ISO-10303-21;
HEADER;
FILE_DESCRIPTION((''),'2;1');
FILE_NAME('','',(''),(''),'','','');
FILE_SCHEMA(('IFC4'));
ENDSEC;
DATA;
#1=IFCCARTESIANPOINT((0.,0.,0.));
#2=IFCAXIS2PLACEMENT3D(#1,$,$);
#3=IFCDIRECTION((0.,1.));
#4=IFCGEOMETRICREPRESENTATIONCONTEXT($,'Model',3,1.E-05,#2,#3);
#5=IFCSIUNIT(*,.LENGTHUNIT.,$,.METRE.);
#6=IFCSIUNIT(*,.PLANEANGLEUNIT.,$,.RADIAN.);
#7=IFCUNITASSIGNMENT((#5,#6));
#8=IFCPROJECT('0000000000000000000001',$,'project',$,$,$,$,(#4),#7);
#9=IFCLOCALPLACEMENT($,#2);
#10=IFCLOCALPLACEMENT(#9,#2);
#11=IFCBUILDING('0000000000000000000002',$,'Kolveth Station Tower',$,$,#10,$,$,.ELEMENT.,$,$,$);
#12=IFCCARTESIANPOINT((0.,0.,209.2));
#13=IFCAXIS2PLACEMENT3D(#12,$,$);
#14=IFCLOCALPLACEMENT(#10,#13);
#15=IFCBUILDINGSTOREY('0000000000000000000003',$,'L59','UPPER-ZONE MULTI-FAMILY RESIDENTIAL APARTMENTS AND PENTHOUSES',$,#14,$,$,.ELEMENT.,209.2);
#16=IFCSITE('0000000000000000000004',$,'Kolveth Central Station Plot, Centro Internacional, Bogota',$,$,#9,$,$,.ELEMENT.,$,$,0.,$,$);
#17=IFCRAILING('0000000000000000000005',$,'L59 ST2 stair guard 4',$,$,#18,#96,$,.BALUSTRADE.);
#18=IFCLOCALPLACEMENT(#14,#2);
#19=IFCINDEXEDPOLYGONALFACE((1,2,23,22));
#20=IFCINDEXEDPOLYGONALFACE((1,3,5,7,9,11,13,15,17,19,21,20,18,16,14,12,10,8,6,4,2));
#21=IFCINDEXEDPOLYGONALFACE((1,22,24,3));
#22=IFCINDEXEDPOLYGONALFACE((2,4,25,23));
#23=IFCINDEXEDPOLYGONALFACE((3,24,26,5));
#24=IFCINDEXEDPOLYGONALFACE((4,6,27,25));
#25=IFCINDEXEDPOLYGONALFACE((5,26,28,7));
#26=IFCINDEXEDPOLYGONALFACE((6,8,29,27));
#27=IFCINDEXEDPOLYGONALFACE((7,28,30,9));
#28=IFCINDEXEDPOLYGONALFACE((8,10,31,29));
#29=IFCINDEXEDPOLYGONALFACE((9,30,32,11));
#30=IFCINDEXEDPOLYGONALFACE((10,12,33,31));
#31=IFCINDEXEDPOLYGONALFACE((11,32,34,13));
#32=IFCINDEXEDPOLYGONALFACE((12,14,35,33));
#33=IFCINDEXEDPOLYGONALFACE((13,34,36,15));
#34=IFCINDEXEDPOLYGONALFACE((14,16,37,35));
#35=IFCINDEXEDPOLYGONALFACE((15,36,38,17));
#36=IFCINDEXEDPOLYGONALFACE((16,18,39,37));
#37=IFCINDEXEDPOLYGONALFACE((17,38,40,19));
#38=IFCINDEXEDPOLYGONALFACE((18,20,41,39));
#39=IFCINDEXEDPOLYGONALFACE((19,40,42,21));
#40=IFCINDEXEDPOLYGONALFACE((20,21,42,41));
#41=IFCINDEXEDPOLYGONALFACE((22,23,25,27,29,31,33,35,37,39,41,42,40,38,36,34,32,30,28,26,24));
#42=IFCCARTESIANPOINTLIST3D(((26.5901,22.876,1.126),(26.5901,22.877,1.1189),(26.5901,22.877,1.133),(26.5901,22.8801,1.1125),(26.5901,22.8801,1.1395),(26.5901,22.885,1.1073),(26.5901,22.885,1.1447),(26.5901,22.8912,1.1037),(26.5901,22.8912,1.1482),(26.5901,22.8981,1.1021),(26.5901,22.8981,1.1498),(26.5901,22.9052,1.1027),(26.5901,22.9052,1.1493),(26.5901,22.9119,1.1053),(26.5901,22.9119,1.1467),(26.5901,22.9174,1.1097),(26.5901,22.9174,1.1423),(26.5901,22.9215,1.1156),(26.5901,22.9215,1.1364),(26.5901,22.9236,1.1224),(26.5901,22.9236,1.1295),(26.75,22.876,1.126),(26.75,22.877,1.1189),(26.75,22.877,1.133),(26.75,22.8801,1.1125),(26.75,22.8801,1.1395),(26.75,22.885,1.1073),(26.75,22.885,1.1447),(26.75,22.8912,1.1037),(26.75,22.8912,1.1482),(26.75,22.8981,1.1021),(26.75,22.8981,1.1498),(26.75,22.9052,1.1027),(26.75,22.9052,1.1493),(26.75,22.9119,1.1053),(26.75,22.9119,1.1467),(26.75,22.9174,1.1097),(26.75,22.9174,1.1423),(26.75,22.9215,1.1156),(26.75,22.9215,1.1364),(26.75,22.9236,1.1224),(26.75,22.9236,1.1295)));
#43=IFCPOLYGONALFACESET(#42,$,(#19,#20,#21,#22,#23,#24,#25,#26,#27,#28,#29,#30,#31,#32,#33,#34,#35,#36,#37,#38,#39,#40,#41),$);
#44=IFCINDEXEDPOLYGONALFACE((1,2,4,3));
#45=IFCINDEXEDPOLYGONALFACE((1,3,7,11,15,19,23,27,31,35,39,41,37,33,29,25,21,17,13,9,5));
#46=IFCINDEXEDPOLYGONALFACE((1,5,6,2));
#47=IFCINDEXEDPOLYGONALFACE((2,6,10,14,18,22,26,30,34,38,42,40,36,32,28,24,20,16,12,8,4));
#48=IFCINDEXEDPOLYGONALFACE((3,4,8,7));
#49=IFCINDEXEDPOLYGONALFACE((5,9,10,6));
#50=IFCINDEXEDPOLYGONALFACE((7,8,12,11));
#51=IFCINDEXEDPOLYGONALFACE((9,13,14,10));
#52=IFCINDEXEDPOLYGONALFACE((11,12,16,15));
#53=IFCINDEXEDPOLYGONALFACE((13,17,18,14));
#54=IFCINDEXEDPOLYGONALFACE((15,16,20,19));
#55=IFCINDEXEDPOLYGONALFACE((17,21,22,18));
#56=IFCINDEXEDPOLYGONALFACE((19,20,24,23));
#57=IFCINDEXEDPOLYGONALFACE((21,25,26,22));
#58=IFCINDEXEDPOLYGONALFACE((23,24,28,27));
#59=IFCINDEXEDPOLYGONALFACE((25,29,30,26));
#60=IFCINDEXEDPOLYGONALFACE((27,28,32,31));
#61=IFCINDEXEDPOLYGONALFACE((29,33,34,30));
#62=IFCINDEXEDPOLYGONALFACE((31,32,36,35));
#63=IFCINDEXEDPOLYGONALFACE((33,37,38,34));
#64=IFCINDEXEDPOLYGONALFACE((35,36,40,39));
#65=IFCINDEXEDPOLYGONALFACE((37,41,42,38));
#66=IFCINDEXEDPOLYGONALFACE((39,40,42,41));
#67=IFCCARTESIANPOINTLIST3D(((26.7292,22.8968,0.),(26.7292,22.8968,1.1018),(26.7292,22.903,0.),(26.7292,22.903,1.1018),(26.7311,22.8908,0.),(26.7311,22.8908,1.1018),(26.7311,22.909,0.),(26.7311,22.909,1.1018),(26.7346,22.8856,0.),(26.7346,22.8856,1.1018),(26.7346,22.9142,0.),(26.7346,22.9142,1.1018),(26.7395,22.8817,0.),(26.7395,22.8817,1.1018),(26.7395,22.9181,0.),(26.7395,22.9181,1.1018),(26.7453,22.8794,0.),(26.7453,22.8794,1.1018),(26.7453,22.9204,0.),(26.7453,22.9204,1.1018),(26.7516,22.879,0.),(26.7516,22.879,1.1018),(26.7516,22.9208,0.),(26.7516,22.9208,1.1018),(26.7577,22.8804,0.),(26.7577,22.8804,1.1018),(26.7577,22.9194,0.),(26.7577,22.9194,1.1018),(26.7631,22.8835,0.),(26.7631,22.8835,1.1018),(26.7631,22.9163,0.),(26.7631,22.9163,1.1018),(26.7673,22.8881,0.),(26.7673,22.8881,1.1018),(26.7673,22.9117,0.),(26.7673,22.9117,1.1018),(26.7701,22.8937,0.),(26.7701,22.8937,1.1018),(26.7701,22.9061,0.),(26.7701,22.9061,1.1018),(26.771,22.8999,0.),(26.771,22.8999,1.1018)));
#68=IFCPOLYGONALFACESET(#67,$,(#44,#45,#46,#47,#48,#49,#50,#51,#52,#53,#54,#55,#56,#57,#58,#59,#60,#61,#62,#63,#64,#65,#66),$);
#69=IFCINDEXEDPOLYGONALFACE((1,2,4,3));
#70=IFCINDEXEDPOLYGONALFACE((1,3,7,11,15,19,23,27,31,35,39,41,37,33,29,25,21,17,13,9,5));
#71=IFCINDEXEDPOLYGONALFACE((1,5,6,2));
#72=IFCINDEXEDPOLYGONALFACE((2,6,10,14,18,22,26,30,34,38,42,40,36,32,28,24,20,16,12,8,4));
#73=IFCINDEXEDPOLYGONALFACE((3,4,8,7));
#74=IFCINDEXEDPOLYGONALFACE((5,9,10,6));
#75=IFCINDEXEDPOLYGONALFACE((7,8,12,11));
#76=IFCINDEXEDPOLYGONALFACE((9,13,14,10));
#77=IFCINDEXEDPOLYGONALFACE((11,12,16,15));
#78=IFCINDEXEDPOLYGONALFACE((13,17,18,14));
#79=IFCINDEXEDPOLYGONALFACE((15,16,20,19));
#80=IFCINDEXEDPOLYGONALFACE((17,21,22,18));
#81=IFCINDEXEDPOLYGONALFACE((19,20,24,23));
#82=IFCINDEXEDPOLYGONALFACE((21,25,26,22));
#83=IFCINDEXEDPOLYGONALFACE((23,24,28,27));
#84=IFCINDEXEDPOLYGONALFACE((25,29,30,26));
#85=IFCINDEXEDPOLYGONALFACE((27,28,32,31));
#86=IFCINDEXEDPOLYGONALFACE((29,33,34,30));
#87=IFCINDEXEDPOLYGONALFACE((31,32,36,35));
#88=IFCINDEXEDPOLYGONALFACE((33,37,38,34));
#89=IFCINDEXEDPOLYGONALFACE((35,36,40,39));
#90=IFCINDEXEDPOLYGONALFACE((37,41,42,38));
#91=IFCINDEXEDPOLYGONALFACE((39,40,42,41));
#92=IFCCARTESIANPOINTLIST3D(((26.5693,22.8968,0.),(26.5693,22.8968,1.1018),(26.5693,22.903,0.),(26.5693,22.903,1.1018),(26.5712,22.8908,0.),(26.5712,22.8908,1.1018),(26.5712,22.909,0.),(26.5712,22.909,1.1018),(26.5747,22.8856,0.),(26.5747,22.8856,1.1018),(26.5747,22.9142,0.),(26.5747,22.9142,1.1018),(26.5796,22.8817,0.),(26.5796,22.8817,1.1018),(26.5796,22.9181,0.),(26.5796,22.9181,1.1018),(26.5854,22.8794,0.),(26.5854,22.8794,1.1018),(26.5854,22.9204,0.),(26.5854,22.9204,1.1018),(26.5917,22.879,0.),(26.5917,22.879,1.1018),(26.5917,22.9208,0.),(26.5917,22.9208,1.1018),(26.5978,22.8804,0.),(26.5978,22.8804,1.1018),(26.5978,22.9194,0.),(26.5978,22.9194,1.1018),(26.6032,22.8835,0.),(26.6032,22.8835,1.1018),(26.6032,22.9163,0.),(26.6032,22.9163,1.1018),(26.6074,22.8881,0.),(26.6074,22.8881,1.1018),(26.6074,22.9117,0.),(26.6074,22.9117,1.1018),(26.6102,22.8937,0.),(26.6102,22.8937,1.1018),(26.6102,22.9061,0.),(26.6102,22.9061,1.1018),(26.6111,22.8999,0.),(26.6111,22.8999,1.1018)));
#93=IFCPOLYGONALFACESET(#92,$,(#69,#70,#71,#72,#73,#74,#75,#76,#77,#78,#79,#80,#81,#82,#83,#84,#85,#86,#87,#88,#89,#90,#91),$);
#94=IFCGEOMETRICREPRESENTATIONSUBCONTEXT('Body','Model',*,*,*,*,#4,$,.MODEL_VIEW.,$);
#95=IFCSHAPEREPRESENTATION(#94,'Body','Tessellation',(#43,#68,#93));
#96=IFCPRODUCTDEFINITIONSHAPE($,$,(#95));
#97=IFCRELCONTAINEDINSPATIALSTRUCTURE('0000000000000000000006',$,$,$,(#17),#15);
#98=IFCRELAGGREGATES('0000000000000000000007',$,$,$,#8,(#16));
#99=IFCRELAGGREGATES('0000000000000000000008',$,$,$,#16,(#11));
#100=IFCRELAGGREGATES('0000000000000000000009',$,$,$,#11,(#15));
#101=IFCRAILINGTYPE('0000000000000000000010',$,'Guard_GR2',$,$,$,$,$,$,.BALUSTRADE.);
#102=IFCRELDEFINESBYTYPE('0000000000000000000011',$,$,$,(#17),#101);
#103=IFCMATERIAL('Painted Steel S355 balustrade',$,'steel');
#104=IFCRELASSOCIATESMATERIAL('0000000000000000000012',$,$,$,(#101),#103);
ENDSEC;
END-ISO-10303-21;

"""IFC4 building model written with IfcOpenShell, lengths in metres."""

from ifc_helpers import new_model, si_unit, direction, frame, origin, origin_2d, place, context, subcontext, project, spatial, circle, extrude, material, type_object, element, save


model = new_model("IFC4")

# Units and contexts
model_context = context("Model", 3, precision=1e-05, world=origin(), true_north=direction((0.0, 1.0)))
body_context = subcontext(model_context, "Body", "Model", "MODEL_VIEW")
ifc_project = project(units=[si_unit("LENGTHUNIT", "METRE"), si_unit("PLANEANGLEUNIT", "RADIAN")], contexts=[model_context])

# Site, building, storey
site_placement = place(None, origin())
site = spatial("IfcSite", under=ifc_project, at=site_placement, Name="Kolveth Central Station Plot, Centro Internacional, Bogota", CompositionType="ELEMENT", RefElevation=0.0)
building_placement = place(site_placement, origin())
building = spatial("IfcBuilding", under=site, at=building_placement, Name="Kolveth Station Tower", CompositionType="ELEMENT")
storey_placement = place(building_placement, frame((0.0, 0.0, 209.2)))
storey = spatial("IfcBuildingStorey", under=building, at=storey_placement, Name="L59", Description="UPPER-ZONE MULTI-FAMILY RESIDENTIAL APARTMENTS AND PENTHOUSES", CompositionType="ELEMENT", Elevation=209.2)

# Railing
ifc_material_1 = material(Name="Painted Steel S355 balustrade", Category="steel")
railing_type_1 = type_object("IfcRailingType", Name="Guard_GR2", PredefinedType="BALUSTRADE", material=ifc_material_1)
railing_1_placement = place(storey_placement, frame((26.75, 22.8999, 0.0)))
element("IfcRailing", 1, at=railing_1_placement, inside=storey, type_object=railing_type_1, Name="L59 ST2 stair guard 4", PredefinedType="BALUSTRADE", context=body_context, shape_type="SweptSolid", body=[
    extrude(circle(Radius=0.0239, at=origin_2d()), frame((0.0, 0.0, 1.126), z_axis=(-1.0, 0.0, 0.0), x_axis=(0.0, -1.0, 0.0)), (0.0, 0.0, 1.0), 0.1599),
    extrude(circle(Radius=0.021, at=origin_2d()), origin(), (0.0, 0.0, 1.0), 1.1018),
    extrude(circle(Radius=0.021, at=origin_2d()), frame((-0.1599, 0.0, 0.0)), (0.0, 0.0, 1.0), 1.1018),
])

save(model, "model.ifc")
